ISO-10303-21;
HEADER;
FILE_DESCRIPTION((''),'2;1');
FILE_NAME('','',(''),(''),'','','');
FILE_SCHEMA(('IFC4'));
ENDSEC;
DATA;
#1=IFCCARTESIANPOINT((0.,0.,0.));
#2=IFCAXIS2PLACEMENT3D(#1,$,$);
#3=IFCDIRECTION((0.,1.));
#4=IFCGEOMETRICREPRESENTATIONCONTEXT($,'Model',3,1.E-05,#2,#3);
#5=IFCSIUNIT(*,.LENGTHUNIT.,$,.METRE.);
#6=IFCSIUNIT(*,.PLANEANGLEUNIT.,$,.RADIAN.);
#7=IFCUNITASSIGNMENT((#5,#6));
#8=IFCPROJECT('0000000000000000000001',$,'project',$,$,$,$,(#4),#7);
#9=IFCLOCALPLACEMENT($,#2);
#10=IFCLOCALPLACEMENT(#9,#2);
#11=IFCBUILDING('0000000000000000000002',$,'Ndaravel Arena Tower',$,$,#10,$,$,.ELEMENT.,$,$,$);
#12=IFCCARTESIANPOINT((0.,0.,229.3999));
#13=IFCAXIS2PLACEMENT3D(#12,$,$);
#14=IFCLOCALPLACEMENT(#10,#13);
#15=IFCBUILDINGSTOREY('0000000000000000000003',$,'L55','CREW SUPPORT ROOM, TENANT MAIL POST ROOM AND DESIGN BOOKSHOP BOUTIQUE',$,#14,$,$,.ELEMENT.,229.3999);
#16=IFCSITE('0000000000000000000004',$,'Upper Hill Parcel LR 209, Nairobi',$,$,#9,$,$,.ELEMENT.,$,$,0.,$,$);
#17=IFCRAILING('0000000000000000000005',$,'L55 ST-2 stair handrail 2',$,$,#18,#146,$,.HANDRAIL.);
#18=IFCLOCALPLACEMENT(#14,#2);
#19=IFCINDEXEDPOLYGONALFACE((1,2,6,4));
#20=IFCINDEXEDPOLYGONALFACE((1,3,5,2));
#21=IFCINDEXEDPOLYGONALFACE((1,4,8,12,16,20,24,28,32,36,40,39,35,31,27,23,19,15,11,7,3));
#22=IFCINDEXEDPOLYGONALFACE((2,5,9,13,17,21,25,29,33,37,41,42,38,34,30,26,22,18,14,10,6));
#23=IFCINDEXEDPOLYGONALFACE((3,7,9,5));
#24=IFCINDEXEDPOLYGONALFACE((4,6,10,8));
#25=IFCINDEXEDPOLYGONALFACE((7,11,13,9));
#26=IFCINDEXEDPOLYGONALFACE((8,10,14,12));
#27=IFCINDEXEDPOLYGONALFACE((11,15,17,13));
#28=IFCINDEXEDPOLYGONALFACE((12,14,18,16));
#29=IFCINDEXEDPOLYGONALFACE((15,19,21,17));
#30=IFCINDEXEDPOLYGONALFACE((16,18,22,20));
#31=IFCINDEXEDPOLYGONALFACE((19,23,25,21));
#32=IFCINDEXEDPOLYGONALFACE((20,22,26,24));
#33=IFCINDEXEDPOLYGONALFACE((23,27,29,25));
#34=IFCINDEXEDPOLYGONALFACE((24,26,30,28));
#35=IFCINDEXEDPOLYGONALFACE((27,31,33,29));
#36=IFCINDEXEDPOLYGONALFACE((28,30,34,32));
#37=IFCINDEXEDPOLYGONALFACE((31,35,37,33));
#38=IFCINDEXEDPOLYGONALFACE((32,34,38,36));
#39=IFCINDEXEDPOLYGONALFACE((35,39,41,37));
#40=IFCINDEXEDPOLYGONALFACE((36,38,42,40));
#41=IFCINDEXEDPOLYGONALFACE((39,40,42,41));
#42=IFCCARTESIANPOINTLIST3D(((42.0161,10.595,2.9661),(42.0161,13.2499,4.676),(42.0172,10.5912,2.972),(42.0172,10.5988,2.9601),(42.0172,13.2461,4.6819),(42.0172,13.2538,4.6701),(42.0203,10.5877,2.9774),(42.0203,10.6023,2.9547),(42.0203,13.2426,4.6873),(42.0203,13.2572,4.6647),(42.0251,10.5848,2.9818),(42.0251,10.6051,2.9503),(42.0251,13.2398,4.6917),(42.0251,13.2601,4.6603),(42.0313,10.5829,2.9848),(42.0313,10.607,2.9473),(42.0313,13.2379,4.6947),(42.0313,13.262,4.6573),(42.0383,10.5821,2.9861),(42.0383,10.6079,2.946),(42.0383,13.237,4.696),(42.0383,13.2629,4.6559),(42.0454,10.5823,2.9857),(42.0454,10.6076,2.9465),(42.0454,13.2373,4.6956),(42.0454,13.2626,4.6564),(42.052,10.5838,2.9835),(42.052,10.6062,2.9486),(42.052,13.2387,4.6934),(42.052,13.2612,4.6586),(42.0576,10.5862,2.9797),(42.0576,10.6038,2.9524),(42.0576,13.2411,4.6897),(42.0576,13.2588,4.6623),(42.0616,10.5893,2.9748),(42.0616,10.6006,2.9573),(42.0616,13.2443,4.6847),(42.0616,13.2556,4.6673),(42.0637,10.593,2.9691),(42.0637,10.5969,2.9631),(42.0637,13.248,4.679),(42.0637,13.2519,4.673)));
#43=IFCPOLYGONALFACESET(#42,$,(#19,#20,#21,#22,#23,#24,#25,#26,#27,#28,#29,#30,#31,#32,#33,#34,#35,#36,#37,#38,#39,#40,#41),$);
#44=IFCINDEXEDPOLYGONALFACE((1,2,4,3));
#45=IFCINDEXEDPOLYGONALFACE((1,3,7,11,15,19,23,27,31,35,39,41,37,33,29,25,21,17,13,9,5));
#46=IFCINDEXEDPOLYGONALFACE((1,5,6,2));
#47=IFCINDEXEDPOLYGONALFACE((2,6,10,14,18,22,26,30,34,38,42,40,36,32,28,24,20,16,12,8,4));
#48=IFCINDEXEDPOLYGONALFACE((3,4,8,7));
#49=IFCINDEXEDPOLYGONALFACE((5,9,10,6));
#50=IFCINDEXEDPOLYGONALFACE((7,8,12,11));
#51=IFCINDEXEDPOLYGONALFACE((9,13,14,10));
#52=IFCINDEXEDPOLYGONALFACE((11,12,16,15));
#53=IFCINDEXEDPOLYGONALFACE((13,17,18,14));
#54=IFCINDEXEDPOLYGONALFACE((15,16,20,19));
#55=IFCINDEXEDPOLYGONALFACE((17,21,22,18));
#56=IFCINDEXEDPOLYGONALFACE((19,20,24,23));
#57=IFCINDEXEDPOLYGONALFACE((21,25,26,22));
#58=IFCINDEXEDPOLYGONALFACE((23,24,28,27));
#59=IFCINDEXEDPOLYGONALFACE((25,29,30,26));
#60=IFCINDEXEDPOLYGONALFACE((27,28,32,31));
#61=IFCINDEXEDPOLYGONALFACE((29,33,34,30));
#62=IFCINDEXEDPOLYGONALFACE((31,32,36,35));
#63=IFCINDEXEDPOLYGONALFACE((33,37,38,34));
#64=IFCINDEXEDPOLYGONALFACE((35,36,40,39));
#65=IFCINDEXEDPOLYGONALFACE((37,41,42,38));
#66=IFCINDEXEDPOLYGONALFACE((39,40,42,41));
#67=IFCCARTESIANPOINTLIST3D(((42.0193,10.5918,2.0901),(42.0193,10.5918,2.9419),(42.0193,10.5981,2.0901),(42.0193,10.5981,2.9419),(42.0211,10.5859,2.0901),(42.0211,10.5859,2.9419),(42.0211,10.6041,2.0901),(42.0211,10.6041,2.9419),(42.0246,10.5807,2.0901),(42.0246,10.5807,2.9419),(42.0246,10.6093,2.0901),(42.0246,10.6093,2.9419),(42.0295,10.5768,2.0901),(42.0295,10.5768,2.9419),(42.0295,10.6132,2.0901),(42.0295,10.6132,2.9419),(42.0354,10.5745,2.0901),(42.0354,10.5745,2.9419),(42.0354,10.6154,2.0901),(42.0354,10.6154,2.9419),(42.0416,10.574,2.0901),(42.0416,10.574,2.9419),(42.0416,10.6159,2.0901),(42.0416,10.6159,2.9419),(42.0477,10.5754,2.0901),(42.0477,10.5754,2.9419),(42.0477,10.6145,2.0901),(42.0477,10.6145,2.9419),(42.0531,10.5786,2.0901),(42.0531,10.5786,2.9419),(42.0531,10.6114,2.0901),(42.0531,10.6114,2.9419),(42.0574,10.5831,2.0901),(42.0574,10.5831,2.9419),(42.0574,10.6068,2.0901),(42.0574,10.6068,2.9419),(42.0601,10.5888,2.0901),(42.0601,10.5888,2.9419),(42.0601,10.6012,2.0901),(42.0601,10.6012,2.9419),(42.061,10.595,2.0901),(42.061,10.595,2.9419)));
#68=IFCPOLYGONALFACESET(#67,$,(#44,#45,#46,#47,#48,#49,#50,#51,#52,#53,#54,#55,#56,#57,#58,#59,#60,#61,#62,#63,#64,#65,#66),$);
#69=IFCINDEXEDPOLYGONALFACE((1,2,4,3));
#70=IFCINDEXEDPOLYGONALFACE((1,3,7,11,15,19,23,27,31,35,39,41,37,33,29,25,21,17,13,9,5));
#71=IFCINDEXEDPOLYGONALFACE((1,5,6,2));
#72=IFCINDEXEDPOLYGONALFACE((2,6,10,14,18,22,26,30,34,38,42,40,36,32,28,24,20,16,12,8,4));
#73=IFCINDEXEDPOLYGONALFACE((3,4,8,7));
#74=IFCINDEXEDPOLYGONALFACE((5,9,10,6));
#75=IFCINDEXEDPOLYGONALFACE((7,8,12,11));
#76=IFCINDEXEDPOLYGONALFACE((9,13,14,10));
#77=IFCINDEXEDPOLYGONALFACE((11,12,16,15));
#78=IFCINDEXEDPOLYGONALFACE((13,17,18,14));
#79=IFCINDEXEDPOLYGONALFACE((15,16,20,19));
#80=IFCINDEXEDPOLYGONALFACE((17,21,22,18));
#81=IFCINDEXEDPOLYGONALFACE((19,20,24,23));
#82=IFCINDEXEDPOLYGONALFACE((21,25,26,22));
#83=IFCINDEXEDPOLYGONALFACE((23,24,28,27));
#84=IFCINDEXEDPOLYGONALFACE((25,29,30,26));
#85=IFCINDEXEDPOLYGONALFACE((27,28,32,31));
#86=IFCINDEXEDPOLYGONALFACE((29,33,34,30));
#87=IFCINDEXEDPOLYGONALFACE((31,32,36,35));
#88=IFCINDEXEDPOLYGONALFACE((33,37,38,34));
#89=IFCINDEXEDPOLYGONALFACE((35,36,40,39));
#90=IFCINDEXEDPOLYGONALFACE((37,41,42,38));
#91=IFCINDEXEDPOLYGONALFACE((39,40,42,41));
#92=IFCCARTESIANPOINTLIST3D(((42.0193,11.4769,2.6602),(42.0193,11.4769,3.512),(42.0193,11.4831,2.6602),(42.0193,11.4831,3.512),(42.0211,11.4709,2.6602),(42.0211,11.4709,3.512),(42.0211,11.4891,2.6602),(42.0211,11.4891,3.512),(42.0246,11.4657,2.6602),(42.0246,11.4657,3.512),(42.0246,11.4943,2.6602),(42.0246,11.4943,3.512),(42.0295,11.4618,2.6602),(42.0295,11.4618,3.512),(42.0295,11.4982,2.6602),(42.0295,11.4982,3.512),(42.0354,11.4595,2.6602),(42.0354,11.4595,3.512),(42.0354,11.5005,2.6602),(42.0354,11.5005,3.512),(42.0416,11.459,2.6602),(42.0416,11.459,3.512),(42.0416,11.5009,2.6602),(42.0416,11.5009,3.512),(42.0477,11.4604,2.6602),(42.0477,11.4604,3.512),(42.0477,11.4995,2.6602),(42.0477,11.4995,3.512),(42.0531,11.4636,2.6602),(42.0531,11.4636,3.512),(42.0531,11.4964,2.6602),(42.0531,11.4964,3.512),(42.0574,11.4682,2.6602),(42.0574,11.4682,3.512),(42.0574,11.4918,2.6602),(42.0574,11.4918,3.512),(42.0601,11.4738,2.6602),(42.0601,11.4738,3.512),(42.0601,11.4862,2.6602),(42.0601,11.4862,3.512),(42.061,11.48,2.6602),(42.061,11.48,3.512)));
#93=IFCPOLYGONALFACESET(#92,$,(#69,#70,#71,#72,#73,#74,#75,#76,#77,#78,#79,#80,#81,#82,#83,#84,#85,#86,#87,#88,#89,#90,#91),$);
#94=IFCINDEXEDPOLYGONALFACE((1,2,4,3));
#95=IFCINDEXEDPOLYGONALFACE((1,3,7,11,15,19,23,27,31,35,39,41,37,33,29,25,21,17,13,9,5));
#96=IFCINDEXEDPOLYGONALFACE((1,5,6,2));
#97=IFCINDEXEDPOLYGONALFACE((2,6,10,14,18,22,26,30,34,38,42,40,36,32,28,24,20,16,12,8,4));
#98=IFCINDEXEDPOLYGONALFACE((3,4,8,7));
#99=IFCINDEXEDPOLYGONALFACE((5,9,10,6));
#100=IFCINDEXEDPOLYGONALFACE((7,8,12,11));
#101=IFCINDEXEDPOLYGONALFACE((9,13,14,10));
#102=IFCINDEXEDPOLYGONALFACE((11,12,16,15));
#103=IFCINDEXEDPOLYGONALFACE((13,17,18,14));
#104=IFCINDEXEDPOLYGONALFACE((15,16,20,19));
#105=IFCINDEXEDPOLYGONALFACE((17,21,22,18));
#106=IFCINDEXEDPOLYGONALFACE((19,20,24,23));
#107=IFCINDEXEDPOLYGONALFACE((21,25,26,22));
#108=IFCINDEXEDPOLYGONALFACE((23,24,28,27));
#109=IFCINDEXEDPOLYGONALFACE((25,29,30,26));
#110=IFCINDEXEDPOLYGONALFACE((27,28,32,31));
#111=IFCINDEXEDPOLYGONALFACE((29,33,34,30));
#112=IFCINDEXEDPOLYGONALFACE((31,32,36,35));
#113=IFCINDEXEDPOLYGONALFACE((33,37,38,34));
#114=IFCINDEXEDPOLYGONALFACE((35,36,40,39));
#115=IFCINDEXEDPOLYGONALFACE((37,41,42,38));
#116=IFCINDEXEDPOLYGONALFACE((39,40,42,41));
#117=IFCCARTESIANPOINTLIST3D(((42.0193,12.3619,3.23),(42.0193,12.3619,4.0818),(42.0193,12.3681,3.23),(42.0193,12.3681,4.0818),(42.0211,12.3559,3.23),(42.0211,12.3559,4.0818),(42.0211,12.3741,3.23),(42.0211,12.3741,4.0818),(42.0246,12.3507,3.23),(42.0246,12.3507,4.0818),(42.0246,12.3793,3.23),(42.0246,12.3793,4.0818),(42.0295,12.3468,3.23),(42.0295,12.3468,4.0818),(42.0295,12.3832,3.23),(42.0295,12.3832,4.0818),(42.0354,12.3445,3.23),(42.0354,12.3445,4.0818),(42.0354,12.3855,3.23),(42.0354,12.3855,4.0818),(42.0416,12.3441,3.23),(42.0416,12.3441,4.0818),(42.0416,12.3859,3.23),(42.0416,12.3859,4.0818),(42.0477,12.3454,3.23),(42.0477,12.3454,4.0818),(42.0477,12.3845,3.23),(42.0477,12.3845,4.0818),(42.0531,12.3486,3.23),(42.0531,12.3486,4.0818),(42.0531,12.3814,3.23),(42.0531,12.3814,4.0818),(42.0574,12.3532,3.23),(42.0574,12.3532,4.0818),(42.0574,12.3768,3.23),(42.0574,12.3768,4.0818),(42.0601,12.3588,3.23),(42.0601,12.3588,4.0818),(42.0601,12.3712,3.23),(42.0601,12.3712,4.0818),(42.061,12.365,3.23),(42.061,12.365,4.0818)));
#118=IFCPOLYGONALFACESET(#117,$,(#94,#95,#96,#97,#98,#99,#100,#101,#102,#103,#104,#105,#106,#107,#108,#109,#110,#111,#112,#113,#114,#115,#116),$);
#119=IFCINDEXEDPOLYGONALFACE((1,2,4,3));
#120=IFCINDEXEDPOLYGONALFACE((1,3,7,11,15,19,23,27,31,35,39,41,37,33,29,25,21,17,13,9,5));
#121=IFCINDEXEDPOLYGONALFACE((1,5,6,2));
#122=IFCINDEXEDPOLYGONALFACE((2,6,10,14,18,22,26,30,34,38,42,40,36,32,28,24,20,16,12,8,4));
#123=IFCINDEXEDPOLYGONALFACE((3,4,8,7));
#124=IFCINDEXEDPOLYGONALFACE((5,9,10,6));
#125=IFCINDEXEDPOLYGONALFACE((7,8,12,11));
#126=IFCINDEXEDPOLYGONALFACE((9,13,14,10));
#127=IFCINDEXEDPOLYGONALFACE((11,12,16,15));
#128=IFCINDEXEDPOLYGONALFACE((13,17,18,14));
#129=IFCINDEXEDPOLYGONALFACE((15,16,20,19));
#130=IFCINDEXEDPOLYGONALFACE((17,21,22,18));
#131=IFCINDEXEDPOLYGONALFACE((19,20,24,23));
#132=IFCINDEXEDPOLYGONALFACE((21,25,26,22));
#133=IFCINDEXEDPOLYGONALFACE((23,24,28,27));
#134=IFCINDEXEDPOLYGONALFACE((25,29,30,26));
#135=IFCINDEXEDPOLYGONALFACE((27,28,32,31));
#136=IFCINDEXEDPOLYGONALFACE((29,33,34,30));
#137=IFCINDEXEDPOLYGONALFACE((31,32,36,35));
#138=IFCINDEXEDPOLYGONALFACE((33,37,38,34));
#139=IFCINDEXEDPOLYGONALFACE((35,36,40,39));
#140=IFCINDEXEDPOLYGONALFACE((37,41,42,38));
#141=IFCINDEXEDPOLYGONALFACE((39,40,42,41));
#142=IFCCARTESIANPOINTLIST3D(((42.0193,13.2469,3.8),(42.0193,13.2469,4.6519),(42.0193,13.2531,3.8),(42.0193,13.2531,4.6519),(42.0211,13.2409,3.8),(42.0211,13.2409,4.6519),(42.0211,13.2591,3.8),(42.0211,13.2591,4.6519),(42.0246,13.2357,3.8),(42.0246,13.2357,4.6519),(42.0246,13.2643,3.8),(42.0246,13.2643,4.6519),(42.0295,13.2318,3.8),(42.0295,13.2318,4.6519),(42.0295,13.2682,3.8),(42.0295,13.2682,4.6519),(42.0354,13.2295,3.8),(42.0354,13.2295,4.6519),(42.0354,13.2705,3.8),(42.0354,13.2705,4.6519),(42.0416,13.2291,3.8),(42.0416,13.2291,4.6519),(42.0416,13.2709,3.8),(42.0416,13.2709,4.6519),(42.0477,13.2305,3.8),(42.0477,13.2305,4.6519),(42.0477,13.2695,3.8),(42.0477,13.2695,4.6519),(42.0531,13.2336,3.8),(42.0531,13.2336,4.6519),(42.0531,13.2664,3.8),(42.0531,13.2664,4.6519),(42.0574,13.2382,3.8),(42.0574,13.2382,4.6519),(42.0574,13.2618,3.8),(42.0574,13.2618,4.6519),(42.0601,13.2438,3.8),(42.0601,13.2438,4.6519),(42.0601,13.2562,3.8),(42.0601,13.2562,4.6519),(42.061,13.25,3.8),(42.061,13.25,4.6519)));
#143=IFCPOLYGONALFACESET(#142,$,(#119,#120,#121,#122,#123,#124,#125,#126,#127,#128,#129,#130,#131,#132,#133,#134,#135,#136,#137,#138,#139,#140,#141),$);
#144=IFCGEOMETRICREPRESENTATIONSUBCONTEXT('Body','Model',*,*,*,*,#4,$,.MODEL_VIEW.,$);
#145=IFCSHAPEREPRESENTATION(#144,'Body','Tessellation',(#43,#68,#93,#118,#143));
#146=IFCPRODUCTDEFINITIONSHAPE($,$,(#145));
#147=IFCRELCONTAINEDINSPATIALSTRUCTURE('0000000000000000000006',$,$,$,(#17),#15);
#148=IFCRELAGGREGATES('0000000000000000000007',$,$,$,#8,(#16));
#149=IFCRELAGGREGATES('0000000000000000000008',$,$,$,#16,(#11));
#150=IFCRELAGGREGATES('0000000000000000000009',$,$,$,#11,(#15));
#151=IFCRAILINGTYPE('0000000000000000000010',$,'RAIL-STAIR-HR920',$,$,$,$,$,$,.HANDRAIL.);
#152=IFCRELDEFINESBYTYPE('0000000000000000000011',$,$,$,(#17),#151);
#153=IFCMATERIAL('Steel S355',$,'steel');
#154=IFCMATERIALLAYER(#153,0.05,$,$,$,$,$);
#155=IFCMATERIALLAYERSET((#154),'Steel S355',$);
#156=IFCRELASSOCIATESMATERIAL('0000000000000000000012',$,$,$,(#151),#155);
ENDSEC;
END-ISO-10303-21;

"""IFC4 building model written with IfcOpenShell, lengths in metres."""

from ifc_helpers import new_model, si_unit, direction, frame, origin, origin_2d, place, context, subcontext, project, spatial, circle, extrude, material, layer, layer_set, type_object, element, save


model = new_model("IFC4")

# Units and contexts
model_context = context("Model", 3, precision=1e-05, world=origin(), true_north=direction((0.0, 1.0)))
body_context = subcontext(model_context, "Body", "Model", "MODEL_VIEW")
ifc_project = project(units=[si_unit("LENGTHUNIT", "METRE"), si_unit("PLANEANGLEUNIT", "RADIAN")], contexts=[model_context])

# Site, building, storey
site_placement = place(None, origin())
site = spatial("IfcSite", under=ifc_project, at=site_placement, Name="Upper Hill Parcel LR 209, Nairobi", CompositionType="ELEMENT", RefElevation=0.0)
building_placement = place(site_placement, origin())
building = spatial("IfcBuilding", under=site, at=building_placement, Name="Ndaravel Arena Tower", CompositionType="ELEMENT")
storey_placement = place(building_placement, frame((0.0, 0.0, 229.3999)))
storey = spatial("IfcBuildingStorey", under=building, at=storey_placement, Name="L55", Description="CREW SUPPORT ROOM, TENANT MAIL POST ROOM AND DESIGN BOOKSHOP BOUTIQUE", CompositionType="ELEMENT", Elevation=229.3999)

# Railing
ifc_material_1 = material(Name="Steel S355", Category="steel")
ifc_layer_1 = layer(ifc_material_1, 0.05)
ifc_layer_set_1 = layer_set([ifc_layer_1], Name="Steel S355")
railing_type = type_object("IfcRailingType", Name="RAIL-STAIR-HR920", PredefinedType="HANDRAIL", material=ifc_layer_set_1)
railing_placement = place(storey_placement, frame((42.04, 10.595, 2.0901)))
element("IfcRailing", 1, at=railing_placement, inside=storey, type_object=railing_type, Name="L55 ST-2 stair handrail 2", PredefinedType="HANDRAIL", context=body_context, shape_type="SweptSolid", body=[
    extrude(circle(Radius=0.0239, at=origin_2d()), frame((0.0, 0.0, 0.876), z_axis=(0.0, 0.840724, 0.541465), x_axis=(-1.0, 0.0, 0.0)), (0.0, 0.0, 1.0), 3.158),
    extrude(circle(Radius=0.021, at=origin_2d()), origin(), (0.0, 0.0, 1.0), 0.8518),
    extrude(circle(Radius=0.021, at=origin_2d()), frame((0.0, 0.885, 0.5701)), (0.0, 0.0, 1.0), 0.8518),
    extrude(circle(Radius=0.021, at=origin_2d()), frame((0.0, 1.77, 1.1399)), (0.0, 0.0, 1.0), 0.8518),
    extrude(circle(Radius=0.021, at=origin_2d()), frame((0.0, 2.655, 1.71)), (0.0, 0.0, 1.0), 0.8518),
])

save(model, "model.ifc")
